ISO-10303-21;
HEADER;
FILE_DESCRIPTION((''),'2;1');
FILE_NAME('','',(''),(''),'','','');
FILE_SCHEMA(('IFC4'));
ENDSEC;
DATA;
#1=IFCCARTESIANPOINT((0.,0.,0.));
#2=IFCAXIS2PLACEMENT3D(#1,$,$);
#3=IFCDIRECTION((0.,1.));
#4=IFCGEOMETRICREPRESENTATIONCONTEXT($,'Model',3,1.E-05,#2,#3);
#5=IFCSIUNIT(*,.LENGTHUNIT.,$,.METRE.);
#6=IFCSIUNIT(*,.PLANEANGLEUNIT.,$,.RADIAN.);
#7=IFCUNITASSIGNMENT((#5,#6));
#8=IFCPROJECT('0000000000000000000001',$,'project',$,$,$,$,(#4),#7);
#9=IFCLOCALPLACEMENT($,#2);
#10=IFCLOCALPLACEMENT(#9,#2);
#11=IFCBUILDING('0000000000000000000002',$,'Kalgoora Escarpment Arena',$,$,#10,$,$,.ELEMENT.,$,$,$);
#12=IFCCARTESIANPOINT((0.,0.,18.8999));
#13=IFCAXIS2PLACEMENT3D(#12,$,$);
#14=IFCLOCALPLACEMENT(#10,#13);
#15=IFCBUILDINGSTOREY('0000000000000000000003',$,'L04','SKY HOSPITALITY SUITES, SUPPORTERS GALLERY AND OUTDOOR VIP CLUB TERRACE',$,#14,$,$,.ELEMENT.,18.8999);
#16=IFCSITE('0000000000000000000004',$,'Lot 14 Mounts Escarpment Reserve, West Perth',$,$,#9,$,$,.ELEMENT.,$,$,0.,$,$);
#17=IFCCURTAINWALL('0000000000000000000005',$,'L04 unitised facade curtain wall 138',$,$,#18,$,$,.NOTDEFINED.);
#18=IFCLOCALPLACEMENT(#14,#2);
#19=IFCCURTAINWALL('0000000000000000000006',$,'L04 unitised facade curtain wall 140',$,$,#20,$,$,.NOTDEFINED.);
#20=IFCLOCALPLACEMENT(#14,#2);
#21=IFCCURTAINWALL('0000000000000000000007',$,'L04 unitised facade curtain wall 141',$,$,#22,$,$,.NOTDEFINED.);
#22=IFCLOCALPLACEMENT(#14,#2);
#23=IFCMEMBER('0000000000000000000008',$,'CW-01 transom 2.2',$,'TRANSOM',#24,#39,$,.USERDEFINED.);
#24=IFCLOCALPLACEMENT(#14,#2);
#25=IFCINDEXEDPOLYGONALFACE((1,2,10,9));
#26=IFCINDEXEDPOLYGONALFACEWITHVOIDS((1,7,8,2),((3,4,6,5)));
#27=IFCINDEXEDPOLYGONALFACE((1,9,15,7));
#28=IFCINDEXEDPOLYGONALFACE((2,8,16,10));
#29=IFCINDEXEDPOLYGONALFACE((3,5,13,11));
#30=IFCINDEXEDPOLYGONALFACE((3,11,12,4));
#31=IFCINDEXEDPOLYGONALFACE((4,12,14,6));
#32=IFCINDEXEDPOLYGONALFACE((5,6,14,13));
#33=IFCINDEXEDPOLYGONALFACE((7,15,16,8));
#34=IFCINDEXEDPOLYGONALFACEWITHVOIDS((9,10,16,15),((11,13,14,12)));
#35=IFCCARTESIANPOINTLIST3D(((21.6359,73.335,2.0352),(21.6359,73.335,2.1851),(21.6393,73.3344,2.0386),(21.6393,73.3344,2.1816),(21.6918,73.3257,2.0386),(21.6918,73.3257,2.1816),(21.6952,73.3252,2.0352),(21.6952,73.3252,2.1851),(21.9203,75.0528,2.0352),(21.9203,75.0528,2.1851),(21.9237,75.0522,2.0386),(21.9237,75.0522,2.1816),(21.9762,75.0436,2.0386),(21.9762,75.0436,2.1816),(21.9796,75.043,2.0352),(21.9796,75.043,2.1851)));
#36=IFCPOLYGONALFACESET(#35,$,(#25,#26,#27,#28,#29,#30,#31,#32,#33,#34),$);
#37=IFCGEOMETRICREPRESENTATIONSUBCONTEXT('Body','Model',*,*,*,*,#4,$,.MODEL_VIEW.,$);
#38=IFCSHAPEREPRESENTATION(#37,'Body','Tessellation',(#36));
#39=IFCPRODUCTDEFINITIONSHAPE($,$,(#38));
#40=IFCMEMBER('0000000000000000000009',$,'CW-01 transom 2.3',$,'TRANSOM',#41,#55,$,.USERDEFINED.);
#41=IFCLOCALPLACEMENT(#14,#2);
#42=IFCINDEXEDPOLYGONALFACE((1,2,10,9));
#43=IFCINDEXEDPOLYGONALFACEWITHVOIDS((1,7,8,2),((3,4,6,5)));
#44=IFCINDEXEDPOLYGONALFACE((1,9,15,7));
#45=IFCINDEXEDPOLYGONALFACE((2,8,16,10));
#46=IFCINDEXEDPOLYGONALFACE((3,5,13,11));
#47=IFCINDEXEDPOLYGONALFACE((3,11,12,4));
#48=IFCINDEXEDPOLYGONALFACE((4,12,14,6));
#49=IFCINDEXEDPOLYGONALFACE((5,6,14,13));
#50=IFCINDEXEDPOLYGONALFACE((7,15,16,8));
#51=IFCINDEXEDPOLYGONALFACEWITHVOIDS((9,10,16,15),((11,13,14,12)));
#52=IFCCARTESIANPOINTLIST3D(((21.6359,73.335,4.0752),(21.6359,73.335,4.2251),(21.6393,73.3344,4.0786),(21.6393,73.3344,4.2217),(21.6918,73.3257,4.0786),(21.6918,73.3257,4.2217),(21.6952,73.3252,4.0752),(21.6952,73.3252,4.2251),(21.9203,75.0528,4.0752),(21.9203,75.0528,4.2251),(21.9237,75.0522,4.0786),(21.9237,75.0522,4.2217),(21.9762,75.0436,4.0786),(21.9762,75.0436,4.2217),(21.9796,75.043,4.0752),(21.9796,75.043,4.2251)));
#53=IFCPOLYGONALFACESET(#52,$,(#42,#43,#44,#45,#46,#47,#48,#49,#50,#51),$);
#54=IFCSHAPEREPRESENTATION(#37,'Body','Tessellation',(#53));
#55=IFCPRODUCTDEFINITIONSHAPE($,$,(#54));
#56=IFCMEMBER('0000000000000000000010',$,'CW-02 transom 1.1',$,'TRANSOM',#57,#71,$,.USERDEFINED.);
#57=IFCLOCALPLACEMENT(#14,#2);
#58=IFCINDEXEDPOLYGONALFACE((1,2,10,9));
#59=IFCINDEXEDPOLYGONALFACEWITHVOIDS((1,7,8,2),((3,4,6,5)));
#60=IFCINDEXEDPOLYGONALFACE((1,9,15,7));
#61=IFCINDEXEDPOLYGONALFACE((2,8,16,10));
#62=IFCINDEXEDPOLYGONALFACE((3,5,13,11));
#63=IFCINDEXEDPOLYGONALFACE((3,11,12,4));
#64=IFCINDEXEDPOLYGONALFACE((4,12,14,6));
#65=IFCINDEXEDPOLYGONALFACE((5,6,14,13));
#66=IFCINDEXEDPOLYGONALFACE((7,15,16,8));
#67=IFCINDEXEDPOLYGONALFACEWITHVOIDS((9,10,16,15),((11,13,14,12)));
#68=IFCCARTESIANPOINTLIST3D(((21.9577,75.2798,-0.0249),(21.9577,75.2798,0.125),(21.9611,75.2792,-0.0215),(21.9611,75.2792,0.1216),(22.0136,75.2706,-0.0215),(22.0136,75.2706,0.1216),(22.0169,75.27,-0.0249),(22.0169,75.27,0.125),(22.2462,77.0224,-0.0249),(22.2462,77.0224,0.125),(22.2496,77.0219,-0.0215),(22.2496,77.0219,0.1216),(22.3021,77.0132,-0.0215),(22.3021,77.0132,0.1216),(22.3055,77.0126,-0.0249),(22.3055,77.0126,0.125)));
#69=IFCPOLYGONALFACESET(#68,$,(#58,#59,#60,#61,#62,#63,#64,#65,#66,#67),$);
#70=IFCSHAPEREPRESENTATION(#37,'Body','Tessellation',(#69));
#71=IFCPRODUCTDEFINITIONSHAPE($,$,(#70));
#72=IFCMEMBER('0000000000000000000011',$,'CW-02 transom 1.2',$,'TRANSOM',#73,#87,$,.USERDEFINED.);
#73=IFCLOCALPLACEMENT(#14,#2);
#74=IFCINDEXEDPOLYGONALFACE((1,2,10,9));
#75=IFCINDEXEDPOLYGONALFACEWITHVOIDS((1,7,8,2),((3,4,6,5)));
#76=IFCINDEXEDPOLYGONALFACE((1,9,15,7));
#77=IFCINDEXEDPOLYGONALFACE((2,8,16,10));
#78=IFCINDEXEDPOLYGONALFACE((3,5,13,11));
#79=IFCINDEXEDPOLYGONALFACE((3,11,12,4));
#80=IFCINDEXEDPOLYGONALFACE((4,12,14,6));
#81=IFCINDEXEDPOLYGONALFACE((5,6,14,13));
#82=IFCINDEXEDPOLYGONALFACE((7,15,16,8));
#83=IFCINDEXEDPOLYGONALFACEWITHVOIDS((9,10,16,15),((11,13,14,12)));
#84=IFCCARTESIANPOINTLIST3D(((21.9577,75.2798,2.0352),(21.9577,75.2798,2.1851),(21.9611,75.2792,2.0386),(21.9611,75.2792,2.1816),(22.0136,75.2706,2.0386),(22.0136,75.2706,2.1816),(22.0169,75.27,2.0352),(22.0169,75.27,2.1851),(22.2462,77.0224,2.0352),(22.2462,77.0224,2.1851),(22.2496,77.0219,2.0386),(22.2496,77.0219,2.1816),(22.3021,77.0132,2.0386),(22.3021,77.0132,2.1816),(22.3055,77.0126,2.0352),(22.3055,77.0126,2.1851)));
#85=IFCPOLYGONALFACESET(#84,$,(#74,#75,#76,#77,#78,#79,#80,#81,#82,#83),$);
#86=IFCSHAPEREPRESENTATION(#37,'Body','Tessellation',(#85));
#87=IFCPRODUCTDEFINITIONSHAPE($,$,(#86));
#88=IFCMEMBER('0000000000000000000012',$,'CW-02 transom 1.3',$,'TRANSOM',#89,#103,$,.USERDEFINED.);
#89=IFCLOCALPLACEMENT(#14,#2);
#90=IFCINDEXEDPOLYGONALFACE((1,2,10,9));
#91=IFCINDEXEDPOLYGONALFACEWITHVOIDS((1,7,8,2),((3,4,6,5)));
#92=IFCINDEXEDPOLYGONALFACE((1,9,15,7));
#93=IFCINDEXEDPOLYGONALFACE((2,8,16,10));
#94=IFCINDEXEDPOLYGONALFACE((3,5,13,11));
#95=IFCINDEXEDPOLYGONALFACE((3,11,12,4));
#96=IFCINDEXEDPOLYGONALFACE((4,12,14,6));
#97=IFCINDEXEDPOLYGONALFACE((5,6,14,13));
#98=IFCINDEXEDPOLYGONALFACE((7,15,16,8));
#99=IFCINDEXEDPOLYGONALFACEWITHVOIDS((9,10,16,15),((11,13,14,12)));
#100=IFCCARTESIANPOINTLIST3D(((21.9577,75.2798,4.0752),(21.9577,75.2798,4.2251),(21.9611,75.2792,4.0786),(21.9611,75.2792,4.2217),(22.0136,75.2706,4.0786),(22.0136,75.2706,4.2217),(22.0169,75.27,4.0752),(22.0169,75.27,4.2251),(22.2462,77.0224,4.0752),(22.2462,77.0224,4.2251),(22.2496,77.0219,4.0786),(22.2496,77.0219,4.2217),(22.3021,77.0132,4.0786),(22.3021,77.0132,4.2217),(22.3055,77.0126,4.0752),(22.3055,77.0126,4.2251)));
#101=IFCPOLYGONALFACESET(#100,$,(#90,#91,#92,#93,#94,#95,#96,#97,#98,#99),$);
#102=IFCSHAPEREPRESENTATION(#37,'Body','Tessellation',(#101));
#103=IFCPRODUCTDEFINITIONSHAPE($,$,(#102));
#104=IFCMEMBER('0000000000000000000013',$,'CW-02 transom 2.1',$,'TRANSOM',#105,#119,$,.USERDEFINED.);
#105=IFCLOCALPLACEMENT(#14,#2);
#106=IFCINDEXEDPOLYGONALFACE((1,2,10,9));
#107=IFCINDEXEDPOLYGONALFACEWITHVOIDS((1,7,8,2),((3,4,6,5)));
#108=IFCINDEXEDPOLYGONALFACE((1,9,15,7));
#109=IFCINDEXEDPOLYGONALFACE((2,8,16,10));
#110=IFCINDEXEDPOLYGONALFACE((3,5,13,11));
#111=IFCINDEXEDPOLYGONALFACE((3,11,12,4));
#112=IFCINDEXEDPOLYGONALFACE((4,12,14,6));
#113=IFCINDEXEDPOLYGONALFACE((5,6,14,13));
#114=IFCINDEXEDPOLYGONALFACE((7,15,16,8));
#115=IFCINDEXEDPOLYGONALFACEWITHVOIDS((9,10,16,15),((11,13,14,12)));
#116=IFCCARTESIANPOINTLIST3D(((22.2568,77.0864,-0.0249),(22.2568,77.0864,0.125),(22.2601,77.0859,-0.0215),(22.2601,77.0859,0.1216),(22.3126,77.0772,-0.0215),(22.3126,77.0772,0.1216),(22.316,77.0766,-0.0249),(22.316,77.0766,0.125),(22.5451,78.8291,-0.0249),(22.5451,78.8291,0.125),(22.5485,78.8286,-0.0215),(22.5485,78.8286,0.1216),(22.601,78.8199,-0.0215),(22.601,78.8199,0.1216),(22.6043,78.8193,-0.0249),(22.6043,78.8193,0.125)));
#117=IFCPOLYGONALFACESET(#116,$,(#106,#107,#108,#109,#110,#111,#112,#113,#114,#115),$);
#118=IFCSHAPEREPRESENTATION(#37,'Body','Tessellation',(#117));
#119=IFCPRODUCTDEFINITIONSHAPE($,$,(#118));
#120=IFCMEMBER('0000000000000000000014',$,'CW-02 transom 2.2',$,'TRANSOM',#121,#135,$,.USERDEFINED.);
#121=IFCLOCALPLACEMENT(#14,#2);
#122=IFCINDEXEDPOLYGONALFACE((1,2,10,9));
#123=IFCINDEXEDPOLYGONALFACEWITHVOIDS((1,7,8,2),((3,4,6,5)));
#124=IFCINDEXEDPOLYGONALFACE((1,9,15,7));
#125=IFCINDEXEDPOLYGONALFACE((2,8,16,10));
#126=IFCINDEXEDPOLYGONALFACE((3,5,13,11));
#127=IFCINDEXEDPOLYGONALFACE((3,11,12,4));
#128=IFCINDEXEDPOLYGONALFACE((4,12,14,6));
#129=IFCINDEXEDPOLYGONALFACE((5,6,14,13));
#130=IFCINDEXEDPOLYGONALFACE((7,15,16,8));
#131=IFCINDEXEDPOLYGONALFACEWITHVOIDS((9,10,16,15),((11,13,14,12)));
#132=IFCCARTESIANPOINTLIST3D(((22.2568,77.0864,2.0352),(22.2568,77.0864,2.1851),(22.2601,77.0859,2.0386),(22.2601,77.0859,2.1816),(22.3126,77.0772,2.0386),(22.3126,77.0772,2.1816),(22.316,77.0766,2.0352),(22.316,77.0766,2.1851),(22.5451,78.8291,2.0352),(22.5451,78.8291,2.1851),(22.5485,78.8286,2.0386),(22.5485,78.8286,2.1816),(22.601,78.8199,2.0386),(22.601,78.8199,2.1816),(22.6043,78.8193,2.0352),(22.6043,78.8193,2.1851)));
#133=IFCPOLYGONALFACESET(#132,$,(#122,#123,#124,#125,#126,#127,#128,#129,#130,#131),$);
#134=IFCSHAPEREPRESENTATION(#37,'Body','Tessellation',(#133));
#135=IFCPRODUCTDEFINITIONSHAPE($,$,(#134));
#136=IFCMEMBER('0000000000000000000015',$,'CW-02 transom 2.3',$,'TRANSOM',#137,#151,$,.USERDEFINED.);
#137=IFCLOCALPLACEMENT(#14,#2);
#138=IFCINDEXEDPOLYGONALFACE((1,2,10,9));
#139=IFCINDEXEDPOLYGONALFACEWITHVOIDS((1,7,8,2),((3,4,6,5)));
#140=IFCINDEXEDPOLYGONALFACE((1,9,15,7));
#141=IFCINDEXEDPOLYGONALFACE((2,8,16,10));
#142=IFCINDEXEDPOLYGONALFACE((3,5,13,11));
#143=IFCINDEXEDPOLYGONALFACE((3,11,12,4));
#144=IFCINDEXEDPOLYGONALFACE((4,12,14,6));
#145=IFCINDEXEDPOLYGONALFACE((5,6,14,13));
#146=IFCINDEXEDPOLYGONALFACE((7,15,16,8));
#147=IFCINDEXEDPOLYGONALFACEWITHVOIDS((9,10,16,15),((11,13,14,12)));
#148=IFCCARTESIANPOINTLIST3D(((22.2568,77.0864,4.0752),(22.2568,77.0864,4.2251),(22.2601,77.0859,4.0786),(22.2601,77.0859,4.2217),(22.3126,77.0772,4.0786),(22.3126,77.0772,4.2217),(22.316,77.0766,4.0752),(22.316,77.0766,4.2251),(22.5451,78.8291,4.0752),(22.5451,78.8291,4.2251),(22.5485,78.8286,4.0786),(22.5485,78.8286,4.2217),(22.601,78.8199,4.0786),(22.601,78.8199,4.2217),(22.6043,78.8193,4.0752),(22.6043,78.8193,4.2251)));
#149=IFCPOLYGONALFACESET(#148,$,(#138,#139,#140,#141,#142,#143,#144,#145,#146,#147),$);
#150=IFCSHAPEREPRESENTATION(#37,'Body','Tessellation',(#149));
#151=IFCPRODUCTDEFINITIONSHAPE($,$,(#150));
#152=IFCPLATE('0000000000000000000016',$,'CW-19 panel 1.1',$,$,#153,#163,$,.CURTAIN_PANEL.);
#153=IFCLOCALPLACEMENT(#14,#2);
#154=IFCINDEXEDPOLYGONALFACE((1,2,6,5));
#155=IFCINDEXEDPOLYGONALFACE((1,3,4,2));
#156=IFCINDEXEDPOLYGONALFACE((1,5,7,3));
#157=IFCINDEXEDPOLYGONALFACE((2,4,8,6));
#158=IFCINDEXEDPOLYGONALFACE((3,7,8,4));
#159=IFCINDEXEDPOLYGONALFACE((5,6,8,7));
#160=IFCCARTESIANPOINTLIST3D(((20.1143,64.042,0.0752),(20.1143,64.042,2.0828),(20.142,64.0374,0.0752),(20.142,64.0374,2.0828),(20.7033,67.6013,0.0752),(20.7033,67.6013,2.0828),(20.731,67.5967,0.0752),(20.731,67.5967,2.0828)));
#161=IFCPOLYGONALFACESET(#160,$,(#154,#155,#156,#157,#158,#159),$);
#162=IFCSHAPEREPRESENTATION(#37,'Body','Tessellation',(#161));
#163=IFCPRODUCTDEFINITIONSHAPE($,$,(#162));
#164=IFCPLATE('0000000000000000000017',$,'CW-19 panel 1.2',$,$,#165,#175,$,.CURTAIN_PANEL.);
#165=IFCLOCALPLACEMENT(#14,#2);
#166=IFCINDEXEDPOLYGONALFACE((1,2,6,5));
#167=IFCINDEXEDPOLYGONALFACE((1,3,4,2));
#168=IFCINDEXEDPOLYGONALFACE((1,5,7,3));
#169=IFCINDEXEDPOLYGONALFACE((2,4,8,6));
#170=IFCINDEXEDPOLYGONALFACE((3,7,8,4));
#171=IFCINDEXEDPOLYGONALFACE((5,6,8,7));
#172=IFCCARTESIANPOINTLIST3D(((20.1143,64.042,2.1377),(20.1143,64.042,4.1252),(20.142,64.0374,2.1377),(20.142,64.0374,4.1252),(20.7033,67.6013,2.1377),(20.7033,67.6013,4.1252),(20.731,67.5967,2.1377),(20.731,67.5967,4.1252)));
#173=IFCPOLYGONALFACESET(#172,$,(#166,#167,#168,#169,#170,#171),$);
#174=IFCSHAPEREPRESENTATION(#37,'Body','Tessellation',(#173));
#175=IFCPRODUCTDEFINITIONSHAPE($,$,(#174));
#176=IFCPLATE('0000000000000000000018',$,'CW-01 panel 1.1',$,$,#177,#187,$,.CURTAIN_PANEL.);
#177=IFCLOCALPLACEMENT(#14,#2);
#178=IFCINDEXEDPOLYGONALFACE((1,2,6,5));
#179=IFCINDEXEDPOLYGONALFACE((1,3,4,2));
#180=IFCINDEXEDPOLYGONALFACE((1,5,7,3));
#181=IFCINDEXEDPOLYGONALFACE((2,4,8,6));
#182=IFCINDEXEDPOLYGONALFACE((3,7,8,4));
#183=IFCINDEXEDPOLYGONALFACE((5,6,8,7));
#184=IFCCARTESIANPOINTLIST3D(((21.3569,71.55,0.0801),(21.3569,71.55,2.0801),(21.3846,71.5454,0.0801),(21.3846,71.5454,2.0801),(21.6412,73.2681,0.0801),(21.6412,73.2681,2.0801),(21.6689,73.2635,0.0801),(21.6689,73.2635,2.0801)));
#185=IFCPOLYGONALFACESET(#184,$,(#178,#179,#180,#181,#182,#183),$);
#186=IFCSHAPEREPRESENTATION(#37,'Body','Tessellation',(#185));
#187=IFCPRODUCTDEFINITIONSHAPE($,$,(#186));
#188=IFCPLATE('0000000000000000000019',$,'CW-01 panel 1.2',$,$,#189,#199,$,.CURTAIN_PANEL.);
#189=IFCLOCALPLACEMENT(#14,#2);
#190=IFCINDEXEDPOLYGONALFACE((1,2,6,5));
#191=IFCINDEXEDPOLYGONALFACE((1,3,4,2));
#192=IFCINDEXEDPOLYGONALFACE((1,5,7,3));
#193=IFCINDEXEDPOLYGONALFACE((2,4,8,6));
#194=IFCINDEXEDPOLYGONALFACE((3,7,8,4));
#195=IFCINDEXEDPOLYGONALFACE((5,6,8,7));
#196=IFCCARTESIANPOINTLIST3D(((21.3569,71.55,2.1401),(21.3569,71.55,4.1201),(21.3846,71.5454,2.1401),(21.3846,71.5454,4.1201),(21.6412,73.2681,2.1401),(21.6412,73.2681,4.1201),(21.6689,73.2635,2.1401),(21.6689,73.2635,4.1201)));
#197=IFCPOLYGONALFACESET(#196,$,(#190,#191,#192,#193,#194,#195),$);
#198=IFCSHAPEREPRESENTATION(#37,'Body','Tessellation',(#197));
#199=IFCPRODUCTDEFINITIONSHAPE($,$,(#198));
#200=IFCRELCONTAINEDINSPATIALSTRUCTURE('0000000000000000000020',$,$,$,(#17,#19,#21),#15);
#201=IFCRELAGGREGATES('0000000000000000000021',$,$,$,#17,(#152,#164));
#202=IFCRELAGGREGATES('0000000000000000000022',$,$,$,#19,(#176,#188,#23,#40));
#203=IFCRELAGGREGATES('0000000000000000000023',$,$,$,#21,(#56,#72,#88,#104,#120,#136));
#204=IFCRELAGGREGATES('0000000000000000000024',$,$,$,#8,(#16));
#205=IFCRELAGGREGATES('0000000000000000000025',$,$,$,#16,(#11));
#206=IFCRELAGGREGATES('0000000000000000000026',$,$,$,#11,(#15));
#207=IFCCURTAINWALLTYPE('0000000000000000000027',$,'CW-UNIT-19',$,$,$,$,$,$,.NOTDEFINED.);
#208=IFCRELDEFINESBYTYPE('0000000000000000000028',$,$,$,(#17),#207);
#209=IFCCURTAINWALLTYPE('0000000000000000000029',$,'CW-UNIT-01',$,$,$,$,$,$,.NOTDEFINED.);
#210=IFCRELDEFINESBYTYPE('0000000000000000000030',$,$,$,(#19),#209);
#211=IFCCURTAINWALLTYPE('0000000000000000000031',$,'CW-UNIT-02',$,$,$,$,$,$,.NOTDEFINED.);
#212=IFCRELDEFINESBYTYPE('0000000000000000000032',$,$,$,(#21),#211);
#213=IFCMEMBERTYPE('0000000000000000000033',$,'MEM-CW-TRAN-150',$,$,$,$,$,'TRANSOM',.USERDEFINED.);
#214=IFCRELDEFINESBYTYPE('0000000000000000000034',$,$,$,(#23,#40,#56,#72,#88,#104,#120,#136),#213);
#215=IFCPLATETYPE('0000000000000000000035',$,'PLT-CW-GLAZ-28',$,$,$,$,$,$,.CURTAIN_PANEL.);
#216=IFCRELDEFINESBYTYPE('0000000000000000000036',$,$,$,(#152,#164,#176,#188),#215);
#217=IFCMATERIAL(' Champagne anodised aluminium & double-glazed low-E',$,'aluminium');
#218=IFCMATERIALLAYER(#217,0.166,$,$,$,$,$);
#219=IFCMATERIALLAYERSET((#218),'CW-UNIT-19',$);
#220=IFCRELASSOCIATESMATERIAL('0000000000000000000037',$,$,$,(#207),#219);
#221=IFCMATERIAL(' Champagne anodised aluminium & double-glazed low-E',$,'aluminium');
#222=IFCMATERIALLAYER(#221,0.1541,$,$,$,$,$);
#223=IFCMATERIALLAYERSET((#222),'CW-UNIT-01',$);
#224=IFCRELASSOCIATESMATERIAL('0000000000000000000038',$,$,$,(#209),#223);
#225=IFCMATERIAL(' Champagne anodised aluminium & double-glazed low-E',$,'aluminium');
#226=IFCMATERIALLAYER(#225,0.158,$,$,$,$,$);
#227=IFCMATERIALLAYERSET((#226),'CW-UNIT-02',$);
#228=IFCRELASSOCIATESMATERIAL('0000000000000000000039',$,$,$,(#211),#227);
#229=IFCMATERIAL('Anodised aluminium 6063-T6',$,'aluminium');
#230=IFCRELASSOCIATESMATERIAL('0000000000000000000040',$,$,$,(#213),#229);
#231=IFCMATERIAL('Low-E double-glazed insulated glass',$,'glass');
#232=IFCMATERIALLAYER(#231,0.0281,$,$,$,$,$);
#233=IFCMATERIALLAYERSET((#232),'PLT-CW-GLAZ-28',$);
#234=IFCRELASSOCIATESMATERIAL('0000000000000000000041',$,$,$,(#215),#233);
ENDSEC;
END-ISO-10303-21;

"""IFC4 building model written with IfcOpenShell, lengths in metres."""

from ifc_helpers import new_model, si_unit, direction, frame, origin, origin_2d, place, context, subcontext, project, spatial, rectangle, hollow_rectangle, extrude, material, layer, layer_set, material_profile, profile_set, type_object, element, aggregate, save


model = new_model("IFC4")

# Units and contexts
model_context = context("Model", 3, precision=1e-05, world=origin(), true_north=direction((0.0, 1.0)))
body_context = subcontext(model_context, "Body", "Model", "MODEL_VIEW")
ifc_project = project(units=[si_unit("LENGTHUNIT", "METRE"), si_unit("PLANEANGLEUNIT", "RADIAN")], contexts=[model_context])

# Site, building, storey
site_placement = place(None, origin())
site = spatial("IfcSite", under=ifc_project, at=site_placement, Name="Lot 14 Mounts Escarpment Reserve, West Perth", CompositionType="ELEMENT", RefElevation=0.0)
building_placement = place(site_placement, origin())
building = spatial("IfcBuilding", under=site, at=building_placement, Name="Kalgoora Escarpment Arena", CompositionType="ELEMENT")
storey_placement = place(building_placement, frame((0.0, 0.0, 18.8999)))
storey = spatial("IfcBuildingStorey", under=building, at=storey_placement, Name="L04", Description="SKY HOSPITALITY SUITES, SUPPORTERS GALLERY AND OUTDOOR VIP CLUB TERRACE", CompositionType="ELEMENT", Elevation=18.8999)

# Curtain walls
ifc_material_1 = material(Name=" Champagne anodised aluminium & double-glazed low-E", Category="aluminium")
ifc_layer_1 = layer(ifc_material_1, 0.166)
ifc_layer_set_1 = layer_set([ifc_layer_1], Name="CW-UNIT-19")
curtain_wall_type_1 = type_object("IfcCurtainWallType", Name="CW-UNIT-19", PredefinedType="NOTDEFINED", material=ifc_layer_set_1)
curtain_wall_1_placement = place(storey_placement, origin())
curtain_wall_1 = element("IfcCurtainWall", 1, at=curtain_wall_1_placement, inside=storey, type_object=curtain_wall_type_1, Name="L04 unitised facade curtain wall 138", PredefinedType="NOTDEFINED")
ifc_material_2 = material(Name=" Champagne anodised aluminium & double-glazed low-E", Category="aluminium")
ifc_layer_2 = layer(ifc_material_2, 0.1541)
ifc_layer_set_2 = layer_set([ifc_layer_2], Name="CW-UNIT-01")
curtain_wall_type_2 = type_object("IfcCurtainWallType", Name="CW-UNIT-01", PredefinedType="NOTDEFINED", material=ifc_layer_set_2)
curtain_wall_2_placement = place(storey_placement, origin())
curtain_wall_2 = element("IfcCurtainWall", 2, at=curtain_wall_2_placement, inside=storey, type_object=curtain_wall_type_2, Name="L04 unitised facade curtain wall 140", PredefinedType="NOTDEFINED")
ifc_material_3 = material(Name=" Champagne anodised aluminium & double-glazed low-E", Category="aluminium")
ifc_layer_3 = layer(ifc_material_3, 0.158)
ifc_layer_set_3 = layer_set([ifc_layer_3], Name="CW-UNIT-02")
curtain_wall_type_3 = type_object("IfcCurtainWallType", Name="CW-UNIT-02", PredefinedType="NOTDEFINED", material=ifc_layer_set_3)
curtain_wall_3_placement = place(storey_placement, origin())
curtain_wall_3 = element("IfcCurtainWall", 3, at=curtain_wall_3_placement, inside=storey, type_object=curtain_wall_type_3, Name="L04 unitised facade curtain wall 141", PredefinedType="NOTDEFINED")

# Members
ifc_material_4 = material(Name="Anodised aluminium 6063-T6", Category="aluminium")
ifc_material_profile_1 = material_profile(ifc_material_4, hollow_rectangle(XDim=0.0601, YDim=0.1499, WallThickness=0.0034, at=origin_2d()))
ifc_profile_set_1 = profile_set([ifc_material_profile_1], Name="Anodised aluminium 6063-T6")
member_type_1 = type_object("IfcMemberType", Name="MEM-CW-TRAN-150", ElementType="TRANSOM", PredefinedType="USERDEFINED", material=ifc_profile_set_1)
member_1_placement = place(storey_placement, frame((21.6655, 73.3301, 2.1101), z_axis=(0.163353, 0.986568, 0.0), x_axis=(-0.986568, 0.163353, 0.0)))
member_1 = element("IfcMember", 4, at=member_1_placement, type_object=member_type_1, Name="CW-01 transom 2.2", ObjectType="TRANSOM", PredefinedType="USERDEFINED", context=body_context, shape_type="SweptSolid", body=[
    extrude(hollow_rectangle(XDim=0.0601, YDim=0.1499, WallThickness=0.0034, at=origin_2d()), origin(), (0.0, 0.0, 1.0), 1.7412),
])
member_2_placement = place(storey_placement, frame((21.6655, 73.3301, 4.1501), z_axis=(0.163353, 0.986568, 0.0), x_axis=(-0.986568, 0.163353, 0.0)))
member_2 = element("IfcMember", 5, at=member_2_placement, type_object=member_type_1, Name="CW-01 transom 2.3", ObjectType="TRANSOM", PredefinedType="USERDEFINED", context=body_context, shape_type="SweptSolid", body=[
    extrude(hollow_rectangle(XDim=0.0601, YDim=0.1499, WallThickness=0.0034, at=origin_2d()), origin(), (0.0, 0.0, 1.0), 1.7412),
])
member_3_placement = place(storey_placement, frame((21.9873, 75.2749, 0.05), z_axis=(0.163368, 0.986565, 0.0), x_axis=(-0.986565, 0.163368, 0.0)))
member_3 = element("IfcMember", 6, at=member_3_placement, type_object=member_type_1, Name="CW-02 transom 1.1", ObjectType="TRANSOM", PredefinedType="USERDEFINED", context=body_context, shape_type="SweptSolid", body=[
    extrude(hollow_rectangle(XDim=0.0601, YDim=0.1499, WallThickness=0.0034, at=origin_2d()), origin(), (0.0, 0.0, 1.0), 1.7664),
])
member_4_placement = place(storey_placement, frame((21.9873, 75.2749, 2.1101), z_axis=(0.163368, 0.986565, 0.0), x_axis=(-0.986565, 0.163368, 0.0)))
member_4 = element("IfcMember", 7, at=member_4_placement, type_object=member_type_1, Name="CW-02 transom 1.2", ObjectType="TRANSOM", PredefinedType="USERDEFINED", context=body_context, shape_type="SweptSolid", body=[
    extrude(hollow_rectangle(XDim=0.0601, YDim=0.1499, WallThickness=0.0034, at=origin_2d()), origin(), (0.0, 0.0, 1.0), 1.7664),
])
member_5_placement = place(storey_placement, frame((21.9873, 75.2749, 4.1501), z_axis=(0.163368, 0.986565, 0.0), x_axis=(-0.986565, 0.163368, 0.0)))
member_5 = element("IfcMember", 8, at=member_5_placement, type_object=member_type_1, Name="CW-02 transom 1.3", ObjectType="TRANSOM", PredefinedType="USERDEFINED", context=body_context, shape_type="SweptSolid", body=[
    extrude(hollow_rectangle(XDim=0.0601, YDim=0.1499, WallThickness=0.0034, at=origin_2d()), origin(), (0.0, 0.0, 1.0), 1.7664),
])
member_6_placement = place(storey_placement, frame((22.2864, 77.0815, 0.05), z_axis=(0.163233, 0.986587, 0.0), x_axis=(-0.986587, 0.163233, 0.0)))
member_6 = element("IfcMember", 9, at=member_6_placement, type_object=member_type_1, Name="CW-02 transom 2.1", ObjectType="TRANSOM", PredefinedType="USERDEFINED", context=body_context, shape_type="SweptSolid", body=[
    extrude(hollow_rectangle(XDim=0.0601, YDim=0.1499, WallThickness=0.0034, at=origin_2d()), origin(), (0.0, 0.0, 1.0), 1.7664),
])
member_7_placement = place(storey_placement, frame((22.2864, 77.0815, 2.1101), z_axis=(0.163233, 0.986587, 0.0), x_axis=(-0.986587, 0.163233, 0.0)))
member_7 = element("IfcMember", 10, at=member_7_placement, type_object=member_type_1, Name="CW-02 transom 2.2", ObjectType="TRANSOM", PredefinedType="USERDEFINED", context=body_context, shape_type="SweptSolid", body=[
    extrude(hollow_rectangle(XDim=0.0601, YDim=0.1499, WallThickness=0.0034, at=origin_2d()), origin(), (0.0, 0.0, 1.0), 1.7664),
])
member_8_placement = place(storey_placement, frame((22.2864, 77.0815, 4.1501), z_axis=(0.163233, 0.986587, 0.0), x_axis=(-0.986587, 0.163233, 0.0)))
member_8 = element("IfcMember", 11, at=member_8_placement, type_object=member_type_1, Name="CW-02 transom 2.3", ObjectType="TRANSOM", PredefinedType="USERDEFINED", context=body_context, shape_type="SweptSolid", body=[
    extrude(hollow_rectangle(XDim=0.0601, YDim=0.1499, WallThickness=0.0034, at=origin_2d()), origin(), (0.0, 0.0, 1.0), 1.7664),
])

# Plates
ifc_material_5 = material(Name="Low-E double-glazed insulated glass", Category="glass")
ifc_layer_4 = layer(ifc_material_5, 0.0281)
ifc_layer_set_4 = layer_set([ifc_layer_4], Name="PLT-CW-GLAZ-28")
plate_type_1 = type_object("IfcPlateType", Name="PLT-CW-GLAZ-28", PredefinedType="CURTAIN_PANEL", material=ifc_layer_set_4)
plate_1_placement = place(storey_placement, frame((20.4226, 65.8193, 0.0752), z_axis=(0.0, 0.0, 1.0), x_axis=(0.163263, 0.986583, 0.0)))
plate_1 = element("IfcPlate", 12, at=plate_1_placement, type_object=plate_type_1, Name="CW-19 panel 1.1", PredefinedType="CURTAIN_PANEL", context=body_context, shape_type="SweptSolid", body=[
    extrude(rectangle(XDim=3.6077, YDim=0.0281, at=origin_2d()), origin(), (0.0, 0.0, 1.0), 2.0076),
])
plate_2_placement = place(storey_placement, frame((20.4226, 65.8193, 2.1377), z_axis=(0.0, 0.0, 1.0), x_axis=(0.163263, 0.986583, 0.0)))
plate_2 = element("IfcPlate", 13, at=plate_2_placement, type_object=plate_type_1, Name="CW-19 panel 1.2", PredefinedType="CURTAIN_PANEL", context=body_context, shape_type="SweptSolid", body=[
    extrude(rectangle(XDim=3.6077, YDim=0.0281, at=origin_2d()), origin(), (0.0, 0.0, 1.0), 1.9875),
])
aggregate(curtain_wall_1, [plate_1, plate_2])
plate_3_placement = place(storey_placement, frame((21.5129, 72.4067, 0.0801), z_axis=(0.0, 0.0, 1.0), x_axis=(0.163252, 0.986584, 0.0)))
plate_3 = element("IfcPlate", 14, at=plate_3_placement, type_object=plate_type_1, Name="CW-01 panel 1.1", PredefinedType="CURTAIN_PANEL", context=body_context, shape_type="SweptSolid", body=[
    extrude(rectangle(XDim=1.7415, YDim=0.0281, at=origin_2d()), origin(), (0.0, 0.0, 1.0), 2.0),
])
plate_4_placement = place(storey_placement, frame((21.5129, 72.4067, 2.1401), z_axis=(0.0, 0.0, 1.0), x_axis=(0.163252, 0.986584, 0.0)))
plate_4 = element("IfcPlate", 15, at=plate_4_placement, type_object=plate_type_1, Name="CW-01 panel 1.2", PredefinedType="CURTAIN_PANEL", context=body_context, shape_type="SweptSolid", body=[
    extrude(rectangle(XDim=1.7415, YDim=0.0281, at=origin_2d()), origin(), (0.0, 0.0, 1.0), 1.98),
])
aggregate(curtain_wall_2, [plate_3, plate_4, member_1, member_2])
aggregate(curtain_wall_3, [member_3, member_4, member_5, member_6, member_7, member_8])

save(model, "model.ifc")
